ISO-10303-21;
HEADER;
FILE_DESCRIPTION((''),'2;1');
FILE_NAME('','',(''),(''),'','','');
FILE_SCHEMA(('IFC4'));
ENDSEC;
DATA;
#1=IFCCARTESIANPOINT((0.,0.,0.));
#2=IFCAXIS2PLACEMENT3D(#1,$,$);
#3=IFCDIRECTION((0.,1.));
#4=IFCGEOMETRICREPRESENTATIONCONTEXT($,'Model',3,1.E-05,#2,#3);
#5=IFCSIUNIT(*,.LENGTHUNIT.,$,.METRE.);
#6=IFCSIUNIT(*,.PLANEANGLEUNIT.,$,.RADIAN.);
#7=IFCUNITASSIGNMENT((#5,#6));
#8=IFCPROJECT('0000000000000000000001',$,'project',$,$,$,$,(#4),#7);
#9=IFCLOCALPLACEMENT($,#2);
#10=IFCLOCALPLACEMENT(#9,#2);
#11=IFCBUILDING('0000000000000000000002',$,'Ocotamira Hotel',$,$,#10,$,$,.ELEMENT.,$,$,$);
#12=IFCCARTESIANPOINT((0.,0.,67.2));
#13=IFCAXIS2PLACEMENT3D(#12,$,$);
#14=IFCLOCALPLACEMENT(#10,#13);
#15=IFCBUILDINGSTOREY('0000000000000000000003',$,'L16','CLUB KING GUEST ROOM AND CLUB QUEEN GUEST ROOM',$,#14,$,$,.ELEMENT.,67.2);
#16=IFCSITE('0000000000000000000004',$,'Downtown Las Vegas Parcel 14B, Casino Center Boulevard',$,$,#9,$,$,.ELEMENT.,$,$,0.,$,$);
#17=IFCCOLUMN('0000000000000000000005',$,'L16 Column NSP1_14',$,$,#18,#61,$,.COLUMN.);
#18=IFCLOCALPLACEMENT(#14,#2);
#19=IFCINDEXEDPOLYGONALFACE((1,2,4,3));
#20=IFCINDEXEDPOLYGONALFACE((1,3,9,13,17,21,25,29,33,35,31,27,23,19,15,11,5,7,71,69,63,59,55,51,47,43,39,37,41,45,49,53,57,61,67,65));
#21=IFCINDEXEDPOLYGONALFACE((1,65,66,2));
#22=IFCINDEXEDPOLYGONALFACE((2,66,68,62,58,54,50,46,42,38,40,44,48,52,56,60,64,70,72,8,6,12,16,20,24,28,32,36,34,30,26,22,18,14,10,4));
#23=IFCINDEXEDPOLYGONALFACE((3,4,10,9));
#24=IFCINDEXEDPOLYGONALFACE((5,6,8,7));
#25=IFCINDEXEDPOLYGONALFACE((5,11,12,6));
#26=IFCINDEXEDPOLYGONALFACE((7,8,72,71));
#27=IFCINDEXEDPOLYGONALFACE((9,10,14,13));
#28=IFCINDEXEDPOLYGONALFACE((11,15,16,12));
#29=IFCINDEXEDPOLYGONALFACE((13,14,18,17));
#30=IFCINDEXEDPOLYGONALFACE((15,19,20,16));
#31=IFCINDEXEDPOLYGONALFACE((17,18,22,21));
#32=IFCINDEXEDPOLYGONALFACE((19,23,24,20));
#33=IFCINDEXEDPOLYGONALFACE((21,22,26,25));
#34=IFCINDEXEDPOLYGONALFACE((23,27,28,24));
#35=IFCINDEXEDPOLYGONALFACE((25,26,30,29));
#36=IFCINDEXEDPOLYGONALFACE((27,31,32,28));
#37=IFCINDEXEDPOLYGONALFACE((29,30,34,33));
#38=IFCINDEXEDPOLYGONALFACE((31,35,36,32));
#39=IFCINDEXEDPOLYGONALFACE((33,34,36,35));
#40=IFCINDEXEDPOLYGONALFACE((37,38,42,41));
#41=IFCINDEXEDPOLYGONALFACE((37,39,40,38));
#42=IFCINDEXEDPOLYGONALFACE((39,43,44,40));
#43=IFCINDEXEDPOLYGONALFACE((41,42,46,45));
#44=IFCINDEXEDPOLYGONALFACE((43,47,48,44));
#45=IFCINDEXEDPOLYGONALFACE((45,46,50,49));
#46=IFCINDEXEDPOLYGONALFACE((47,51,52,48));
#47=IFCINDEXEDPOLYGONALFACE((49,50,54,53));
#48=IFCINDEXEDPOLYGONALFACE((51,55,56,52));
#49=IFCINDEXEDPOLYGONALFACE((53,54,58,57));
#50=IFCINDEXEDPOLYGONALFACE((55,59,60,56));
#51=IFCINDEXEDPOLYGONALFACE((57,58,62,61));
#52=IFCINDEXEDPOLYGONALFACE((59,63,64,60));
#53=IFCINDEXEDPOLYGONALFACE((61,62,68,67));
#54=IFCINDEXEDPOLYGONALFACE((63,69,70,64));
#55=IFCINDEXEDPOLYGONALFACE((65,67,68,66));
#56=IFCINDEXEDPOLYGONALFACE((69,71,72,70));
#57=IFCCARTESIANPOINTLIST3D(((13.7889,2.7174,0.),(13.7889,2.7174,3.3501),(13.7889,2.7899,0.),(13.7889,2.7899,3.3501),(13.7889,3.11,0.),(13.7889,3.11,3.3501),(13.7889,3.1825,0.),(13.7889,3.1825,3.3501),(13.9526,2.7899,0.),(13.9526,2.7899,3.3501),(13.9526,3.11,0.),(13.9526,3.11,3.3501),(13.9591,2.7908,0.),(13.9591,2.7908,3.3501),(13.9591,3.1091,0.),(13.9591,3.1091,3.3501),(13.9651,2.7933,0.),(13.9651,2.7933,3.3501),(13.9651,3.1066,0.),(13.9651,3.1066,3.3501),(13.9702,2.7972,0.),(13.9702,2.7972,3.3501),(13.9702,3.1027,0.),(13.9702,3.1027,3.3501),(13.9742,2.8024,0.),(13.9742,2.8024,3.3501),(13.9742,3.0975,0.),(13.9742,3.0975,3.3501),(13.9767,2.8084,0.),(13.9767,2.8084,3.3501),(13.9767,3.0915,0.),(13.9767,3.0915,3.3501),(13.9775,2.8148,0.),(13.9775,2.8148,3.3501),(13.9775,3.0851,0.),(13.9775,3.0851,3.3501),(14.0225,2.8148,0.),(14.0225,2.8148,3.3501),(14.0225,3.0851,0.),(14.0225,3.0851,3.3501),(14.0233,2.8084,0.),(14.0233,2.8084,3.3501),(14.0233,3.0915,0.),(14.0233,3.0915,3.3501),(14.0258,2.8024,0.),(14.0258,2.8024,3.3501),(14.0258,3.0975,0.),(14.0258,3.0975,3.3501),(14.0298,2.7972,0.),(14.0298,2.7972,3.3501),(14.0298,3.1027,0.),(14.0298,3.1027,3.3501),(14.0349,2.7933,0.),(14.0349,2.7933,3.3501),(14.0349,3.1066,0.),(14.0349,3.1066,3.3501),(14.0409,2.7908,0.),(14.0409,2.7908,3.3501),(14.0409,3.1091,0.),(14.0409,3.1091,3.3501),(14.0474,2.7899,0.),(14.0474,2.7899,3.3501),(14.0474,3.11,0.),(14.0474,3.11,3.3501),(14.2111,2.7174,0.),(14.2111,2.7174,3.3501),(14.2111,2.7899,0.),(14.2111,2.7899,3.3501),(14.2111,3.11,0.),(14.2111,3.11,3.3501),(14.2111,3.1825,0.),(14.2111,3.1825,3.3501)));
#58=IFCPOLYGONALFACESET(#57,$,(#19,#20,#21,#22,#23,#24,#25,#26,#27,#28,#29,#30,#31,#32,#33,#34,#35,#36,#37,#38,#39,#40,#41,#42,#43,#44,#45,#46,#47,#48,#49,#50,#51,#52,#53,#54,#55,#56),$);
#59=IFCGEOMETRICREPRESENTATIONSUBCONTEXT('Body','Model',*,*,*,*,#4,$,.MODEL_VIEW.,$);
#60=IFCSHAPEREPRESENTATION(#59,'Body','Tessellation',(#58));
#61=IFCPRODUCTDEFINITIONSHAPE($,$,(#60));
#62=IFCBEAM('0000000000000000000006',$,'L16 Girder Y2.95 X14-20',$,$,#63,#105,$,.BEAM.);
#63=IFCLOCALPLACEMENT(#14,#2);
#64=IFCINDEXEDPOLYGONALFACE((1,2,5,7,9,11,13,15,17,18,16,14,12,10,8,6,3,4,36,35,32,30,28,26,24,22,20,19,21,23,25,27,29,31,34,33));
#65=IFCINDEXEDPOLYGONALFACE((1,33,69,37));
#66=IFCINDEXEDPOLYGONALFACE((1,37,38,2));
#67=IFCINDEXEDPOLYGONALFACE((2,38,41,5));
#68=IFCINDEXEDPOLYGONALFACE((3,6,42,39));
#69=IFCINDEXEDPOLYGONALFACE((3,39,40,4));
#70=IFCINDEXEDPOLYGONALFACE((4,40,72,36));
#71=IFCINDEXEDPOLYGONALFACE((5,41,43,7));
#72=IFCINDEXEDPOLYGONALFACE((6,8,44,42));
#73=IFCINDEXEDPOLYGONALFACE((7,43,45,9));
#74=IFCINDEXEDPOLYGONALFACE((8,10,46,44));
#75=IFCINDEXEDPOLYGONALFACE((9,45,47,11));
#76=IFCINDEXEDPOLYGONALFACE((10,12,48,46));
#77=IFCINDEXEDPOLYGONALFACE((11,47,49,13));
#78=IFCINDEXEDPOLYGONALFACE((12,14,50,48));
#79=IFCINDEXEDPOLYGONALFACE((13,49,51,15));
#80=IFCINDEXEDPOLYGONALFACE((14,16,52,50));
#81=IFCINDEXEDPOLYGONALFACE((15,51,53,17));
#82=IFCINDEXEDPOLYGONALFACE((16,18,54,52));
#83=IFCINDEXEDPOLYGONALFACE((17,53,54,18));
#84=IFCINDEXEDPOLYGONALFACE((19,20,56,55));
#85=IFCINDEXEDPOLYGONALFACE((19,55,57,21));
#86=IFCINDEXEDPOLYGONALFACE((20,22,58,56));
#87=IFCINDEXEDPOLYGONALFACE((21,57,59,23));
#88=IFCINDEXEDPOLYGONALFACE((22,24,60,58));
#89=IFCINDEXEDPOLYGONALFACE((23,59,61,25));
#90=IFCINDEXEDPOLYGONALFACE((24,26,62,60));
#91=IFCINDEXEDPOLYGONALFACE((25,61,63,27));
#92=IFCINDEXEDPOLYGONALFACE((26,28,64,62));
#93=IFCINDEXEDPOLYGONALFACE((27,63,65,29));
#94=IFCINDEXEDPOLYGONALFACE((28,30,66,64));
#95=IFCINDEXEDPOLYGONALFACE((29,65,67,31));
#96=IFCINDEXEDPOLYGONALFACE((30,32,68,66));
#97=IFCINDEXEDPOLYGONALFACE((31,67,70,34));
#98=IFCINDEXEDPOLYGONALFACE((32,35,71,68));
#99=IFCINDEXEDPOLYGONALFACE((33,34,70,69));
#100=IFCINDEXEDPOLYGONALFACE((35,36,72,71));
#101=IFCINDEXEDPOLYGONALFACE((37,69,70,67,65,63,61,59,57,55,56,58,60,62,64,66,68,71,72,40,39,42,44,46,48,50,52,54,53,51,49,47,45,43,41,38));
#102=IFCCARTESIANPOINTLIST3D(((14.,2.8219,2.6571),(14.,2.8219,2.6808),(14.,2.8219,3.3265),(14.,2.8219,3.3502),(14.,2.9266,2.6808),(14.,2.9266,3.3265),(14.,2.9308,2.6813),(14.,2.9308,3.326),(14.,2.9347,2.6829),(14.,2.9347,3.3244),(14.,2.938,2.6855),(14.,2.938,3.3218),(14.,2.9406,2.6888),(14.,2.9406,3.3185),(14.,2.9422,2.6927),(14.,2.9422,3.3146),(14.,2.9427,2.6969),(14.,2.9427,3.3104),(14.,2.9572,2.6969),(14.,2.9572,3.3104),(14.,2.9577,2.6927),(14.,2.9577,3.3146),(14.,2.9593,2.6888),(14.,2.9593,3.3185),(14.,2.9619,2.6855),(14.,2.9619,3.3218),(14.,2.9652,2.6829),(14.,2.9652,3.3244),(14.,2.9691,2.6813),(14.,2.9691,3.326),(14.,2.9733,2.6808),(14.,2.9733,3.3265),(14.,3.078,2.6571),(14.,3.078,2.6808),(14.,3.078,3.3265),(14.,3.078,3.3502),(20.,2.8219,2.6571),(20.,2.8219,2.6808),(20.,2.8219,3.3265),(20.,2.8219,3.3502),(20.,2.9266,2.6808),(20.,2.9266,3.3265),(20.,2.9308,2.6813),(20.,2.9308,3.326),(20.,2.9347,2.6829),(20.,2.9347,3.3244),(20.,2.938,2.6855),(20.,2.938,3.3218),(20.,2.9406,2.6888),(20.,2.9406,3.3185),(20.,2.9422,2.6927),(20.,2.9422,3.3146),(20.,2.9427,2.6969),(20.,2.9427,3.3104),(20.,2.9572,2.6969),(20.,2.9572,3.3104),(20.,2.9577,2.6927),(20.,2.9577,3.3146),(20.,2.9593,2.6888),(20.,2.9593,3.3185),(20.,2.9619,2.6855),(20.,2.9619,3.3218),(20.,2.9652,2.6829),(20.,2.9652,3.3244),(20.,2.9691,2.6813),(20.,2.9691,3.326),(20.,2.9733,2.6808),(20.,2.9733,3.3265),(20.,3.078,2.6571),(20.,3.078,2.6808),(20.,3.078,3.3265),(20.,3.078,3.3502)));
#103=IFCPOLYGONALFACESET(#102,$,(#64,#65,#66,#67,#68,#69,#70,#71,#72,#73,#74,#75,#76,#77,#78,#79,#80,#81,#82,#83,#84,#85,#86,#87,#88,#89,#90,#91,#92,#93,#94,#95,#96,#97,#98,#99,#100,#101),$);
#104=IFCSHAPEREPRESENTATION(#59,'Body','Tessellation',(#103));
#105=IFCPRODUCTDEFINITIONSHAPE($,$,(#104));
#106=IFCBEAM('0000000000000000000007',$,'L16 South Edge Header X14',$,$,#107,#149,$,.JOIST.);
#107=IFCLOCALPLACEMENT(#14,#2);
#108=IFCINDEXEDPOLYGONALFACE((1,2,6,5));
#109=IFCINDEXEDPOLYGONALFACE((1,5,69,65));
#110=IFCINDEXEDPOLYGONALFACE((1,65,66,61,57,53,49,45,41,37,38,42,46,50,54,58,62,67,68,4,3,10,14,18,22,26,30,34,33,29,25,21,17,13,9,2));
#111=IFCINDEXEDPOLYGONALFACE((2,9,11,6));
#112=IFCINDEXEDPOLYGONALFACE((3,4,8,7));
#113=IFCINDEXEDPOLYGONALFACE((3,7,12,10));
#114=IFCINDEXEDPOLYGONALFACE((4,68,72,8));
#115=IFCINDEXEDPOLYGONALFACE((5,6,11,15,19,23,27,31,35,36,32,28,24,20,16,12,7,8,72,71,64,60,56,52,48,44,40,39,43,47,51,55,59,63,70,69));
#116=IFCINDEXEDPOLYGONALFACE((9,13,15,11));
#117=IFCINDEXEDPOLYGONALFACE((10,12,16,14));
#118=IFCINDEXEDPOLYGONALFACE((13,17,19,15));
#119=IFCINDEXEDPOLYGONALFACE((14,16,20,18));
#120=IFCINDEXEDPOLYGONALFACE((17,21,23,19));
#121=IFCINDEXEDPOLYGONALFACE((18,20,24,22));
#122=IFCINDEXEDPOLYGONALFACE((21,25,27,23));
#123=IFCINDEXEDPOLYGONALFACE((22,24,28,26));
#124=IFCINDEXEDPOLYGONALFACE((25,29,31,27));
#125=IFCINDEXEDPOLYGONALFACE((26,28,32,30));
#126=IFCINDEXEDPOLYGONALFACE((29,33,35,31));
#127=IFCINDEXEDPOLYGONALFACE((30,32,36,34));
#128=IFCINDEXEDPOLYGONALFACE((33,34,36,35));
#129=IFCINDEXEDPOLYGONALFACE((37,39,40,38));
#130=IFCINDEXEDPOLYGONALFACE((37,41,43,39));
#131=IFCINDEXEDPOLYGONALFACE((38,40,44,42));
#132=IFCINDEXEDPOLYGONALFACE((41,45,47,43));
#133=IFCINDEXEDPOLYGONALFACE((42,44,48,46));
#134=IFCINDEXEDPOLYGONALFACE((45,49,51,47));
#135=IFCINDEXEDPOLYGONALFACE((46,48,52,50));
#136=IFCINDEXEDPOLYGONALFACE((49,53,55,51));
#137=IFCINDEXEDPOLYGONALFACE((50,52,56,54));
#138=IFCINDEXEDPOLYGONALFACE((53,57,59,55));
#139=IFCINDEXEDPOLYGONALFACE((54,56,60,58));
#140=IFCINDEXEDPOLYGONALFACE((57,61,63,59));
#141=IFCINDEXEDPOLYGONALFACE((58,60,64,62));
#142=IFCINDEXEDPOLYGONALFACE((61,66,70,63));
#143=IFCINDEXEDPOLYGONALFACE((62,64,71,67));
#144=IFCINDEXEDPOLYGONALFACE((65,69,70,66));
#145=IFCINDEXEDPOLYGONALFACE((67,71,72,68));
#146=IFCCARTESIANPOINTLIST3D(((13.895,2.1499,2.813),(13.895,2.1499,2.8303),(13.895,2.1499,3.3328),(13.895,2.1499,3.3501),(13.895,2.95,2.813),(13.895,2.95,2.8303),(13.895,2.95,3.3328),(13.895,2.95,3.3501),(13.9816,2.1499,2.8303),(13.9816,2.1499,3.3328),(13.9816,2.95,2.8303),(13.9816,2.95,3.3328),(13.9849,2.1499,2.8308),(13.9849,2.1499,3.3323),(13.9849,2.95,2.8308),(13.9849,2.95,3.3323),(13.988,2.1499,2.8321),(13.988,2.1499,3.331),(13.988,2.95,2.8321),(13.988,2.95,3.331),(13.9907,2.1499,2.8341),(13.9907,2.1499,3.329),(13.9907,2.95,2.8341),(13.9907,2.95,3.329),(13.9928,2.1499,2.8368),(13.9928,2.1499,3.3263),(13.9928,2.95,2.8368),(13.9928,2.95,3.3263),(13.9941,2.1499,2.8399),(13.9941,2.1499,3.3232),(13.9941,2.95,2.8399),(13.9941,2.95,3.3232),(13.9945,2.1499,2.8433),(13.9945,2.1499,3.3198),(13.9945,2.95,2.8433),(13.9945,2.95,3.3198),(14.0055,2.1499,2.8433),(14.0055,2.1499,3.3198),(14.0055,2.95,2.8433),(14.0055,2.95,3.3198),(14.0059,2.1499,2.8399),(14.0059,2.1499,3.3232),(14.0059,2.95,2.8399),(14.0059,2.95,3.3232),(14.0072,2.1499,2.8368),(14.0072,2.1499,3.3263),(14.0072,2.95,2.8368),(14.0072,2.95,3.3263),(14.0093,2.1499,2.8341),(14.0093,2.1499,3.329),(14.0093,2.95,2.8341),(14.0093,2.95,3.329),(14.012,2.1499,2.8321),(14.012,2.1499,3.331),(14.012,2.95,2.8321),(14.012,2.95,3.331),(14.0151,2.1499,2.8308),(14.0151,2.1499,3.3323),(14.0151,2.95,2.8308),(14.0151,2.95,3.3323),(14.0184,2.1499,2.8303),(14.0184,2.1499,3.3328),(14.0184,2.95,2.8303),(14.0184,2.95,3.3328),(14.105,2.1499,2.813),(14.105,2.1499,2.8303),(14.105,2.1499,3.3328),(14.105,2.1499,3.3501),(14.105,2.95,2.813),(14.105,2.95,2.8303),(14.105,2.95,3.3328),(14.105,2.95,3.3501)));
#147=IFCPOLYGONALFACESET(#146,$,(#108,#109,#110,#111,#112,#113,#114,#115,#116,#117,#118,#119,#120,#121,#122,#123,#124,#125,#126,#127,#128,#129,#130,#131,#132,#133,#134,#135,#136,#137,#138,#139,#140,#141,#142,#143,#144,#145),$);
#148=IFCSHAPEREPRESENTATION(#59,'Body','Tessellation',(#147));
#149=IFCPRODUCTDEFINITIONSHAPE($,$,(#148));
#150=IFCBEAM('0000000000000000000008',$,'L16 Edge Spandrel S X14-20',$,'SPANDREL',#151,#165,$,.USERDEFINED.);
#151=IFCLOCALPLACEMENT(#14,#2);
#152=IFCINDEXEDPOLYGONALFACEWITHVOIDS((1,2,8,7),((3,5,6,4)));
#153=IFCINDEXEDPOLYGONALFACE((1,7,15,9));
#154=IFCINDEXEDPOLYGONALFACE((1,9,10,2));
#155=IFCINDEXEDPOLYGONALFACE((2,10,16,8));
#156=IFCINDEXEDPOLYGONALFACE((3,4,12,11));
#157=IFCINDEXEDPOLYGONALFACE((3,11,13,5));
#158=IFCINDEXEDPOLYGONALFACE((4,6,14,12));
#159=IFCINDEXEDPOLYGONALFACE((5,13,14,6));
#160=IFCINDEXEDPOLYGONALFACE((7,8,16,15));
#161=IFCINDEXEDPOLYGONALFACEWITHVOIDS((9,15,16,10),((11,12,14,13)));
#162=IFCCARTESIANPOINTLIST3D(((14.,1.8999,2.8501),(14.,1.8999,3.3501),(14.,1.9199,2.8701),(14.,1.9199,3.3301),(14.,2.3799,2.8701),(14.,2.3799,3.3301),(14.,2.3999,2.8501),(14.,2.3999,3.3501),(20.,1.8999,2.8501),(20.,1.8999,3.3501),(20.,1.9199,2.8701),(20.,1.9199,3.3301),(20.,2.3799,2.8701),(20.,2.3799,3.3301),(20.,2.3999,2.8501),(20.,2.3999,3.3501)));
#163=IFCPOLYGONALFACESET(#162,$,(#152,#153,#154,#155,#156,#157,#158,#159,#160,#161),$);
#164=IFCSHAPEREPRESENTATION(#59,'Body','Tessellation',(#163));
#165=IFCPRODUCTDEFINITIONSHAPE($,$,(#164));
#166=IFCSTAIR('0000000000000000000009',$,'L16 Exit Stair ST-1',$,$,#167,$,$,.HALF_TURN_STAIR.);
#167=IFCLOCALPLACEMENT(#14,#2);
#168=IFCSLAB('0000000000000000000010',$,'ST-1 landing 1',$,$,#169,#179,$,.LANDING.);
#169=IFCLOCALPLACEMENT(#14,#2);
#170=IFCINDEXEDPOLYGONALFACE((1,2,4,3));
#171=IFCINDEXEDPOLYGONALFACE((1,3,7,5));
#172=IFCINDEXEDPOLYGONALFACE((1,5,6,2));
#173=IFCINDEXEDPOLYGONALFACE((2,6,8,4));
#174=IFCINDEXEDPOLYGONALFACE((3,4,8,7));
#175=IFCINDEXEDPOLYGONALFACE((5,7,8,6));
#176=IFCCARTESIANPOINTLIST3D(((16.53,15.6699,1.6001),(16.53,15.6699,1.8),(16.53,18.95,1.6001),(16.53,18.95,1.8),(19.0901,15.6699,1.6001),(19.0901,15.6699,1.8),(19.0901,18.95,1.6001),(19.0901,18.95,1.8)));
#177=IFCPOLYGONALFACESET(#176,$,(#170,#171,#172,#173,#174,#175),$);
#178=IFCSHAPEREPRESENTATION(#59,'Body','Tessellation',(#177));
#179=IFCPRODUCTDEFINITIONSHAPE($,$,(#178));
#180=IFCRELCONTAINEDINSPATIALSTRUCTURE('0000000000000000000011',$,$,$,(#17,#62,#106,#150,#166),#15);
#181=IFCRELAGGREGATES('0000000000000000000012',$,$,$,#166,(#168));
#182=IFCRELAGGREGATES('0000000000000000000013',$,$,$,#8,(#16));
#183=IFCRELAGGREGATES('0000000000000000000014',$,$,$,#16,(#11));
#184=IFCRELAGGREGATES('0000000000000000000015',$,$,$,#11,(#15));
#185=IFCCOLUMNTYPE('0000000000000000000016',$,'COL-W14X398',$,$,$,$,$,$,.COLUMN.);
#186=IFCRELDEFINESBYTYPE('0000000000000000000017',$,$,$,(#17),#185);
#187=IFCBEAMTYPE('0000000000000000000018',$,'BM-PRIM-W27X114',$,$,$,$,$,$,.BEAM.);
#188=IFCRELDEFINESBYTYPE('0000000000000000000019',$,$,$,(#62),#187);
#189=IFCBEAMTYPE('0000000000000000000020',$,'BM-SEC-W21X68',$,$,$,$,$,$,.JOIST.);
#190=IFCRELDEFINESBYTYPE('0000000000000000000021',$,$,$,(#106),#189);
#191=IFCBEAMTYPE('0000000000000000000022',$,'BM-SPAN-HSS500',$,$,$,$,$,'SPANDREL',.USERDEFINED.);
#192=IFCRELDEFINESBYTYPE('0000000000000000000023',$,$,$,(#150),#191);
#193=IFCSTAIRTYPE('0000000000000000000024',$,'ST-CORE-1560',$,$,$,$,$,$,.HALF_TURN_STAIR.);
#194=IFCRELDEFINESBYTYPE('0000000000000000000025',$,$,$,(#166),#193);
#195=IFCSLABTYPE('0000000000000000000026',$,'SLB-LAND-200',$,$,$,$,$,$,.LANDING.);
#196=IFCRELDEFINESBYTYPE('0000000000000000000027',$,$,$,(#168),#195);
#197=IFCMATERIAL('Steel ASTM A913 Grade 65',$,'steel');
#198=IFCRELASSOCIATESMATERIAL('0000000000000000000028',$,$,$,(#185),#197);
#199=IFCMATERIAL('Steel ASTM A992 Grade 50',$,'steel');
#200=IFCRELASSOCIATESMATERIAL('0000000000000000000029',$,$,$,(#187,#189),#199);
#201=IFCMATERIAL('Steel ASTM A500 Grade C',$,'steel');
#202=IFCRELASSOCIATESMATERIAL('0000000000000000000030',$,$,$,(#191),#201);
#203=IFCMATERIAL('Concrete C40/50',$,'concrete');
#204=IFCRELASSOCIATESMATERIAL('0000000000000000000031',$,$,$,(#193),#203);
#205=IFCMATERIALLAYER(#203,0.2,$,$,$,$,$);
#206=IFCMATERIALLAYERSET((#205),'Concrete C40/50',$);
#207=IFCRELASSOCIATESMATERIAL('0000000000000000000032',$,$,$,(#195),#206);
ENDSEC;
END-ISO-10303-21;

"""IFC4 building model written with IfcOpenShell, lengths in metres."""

from ifc_helpers import new_model, si_unit, direction, frame, origin, origin_2d, place, context, subcontext, project, spatial, polyline, hollow_rectangle, i_section, outline, extrude, source, transform, mapped, material, layer, layer_set, material_profile, profile_set, type_object, element, aggregate, save


model = new_model("IFC4")

# Units and contexts
model_context = context("Model", 3, precision=1e-05, world=origin(), true_north=direction((0.0, 1.0)))
body_context = subcontext(model_context, "Body", "Model", "MODEL_VIEW")
ifc_project = project(units=[si_unit("LENGTHUNIT", "METRE"), si_unit("PLANEANGLEUNIT", "RADIAN")], contexts=[model_context])

# Site, building, storey
site_placement = place(None, origin())
site = spatial("IfcSite", under=ifc_project, at=site_placement, Name="Downtown Las Vegas Parcel 14B, Casino Center Boulevard", CompositionType="ELEMENT", RefElevation=0.0)
building_placement = place(site_placement, origin())
building = spatial("IfcBuilding", under=site, at=building_placement, Name="Ocotamira Hotel", CompositionType="ELEMENT")
storey_placement = place(building_placement, frame((0.0, 0.0, 67.2)))
storey = spatial("IfcBuildingStorey", under=building, at=storey_placement, Name="L16", Description="CLUB KING GUEST ROOM AND CLUB QUEEN GUEST ROOM", CompositionType="ELEMENT", Elevation=67.2)

# Column
ifc_material_1 = material(Name="Steel ASTM A913 Grade 65", Category="steel")
ifc_material_profile_1 = material_profile(ifc_material_1, i_section(OverallWidth=0.4221, OverallDepth=0.4651, WebThickness=0.0449, FlangeThickness=0.0725, FilletRadius=0.0249, at=origin_2d()), Name="W14X398")
ifc_profile_set_1 = profile_set([ifc_material_profile_1], Name="Steel ASTM A913 Grade 65")
column_type = type_object("IfcColumnType", Name="COL-W14X398", PredefinedType="COLUMN", material=ifc_profile_set_1)
shared_shape_1 = source(origin(), body_context, "Body", "SweptSolid", [
    extrude(i_section(OverallWidth=0.4221, OverallDepth=0.4651, WebThickness=0.0449, FlangeThickness=0.0725, FilletRadius=0.0249, at=origin_2d()), origin(), (0.0, 0.0, 1.0), 3.3501),
])
column_placement = place(storey_placement, frame((14.0, 2.95, 0.0), z_axis=(0.0, 0.0, 1.0), x_axis=(1.0, 0.0, 0.0)))
element("IfcColumn", 1, at=column_placement, inside=storey, type_object=column_type, Name="L16 Column NSP1_14", PredefinedType="COLUMN", context=body_context, shape_type="MappedRepresentation", body=[
    mapped(shared_shape_1, transform((0.0, 0.0, 0.0), scale=1.0)),
])

# Beams
ifc_material_2 = material(Name="Steel ASTM A992 Grade 50", Category="steel")
ifc_material_profile_2 = material_profile(ifc_material_2, i_section(OverallWidth=0.2561, OverallDepth=0.6931, WebThickness=0.0144, FlangeThickness=0.0237, FilletRadius=0.0161, at=origin_2d()), Name="W27X114")
ifc_profile_set_2 = profile_set([ifc_material_profile_2], Name="Steel ASTM A992 Grade 50")
beam_type_1 = type_object("IfcBeamType", Name="BM-PRIM-W27X114", PredefinedType="BEAM", material=ifc_profile_set_2)
shared_shape_2 = source(origin(), body_context, "Body", "SweptSolid", [
    extrude(i_section(OverallWidth=0.2561, OverallDepth=0.6931, WebThickness=0.0144, FlangeThickness=0.0237, FilletRadius=0.0161, at=origin_2d()), origin(), (0.0, 0.0, 1.0), 6.0),
])
beam_1_placement = place(storey_placement, frame((14.0, 2.95, 3.0037), z_axis=(1.0, 0.0, 0.0), x_axis=(0.0, 1.0, 0.0)))
element("IfcBeam", 2, at=beam_1_placement, inside=storey, type_object=beam_type_1, Name="L16 Girder Y2.95 X14-20", PredefinedType="BEAM", context=body_context, shape_type="MappedRepresentation", body=[
    mapped(shared_shape_2, transform((0.0, 0.0, 0.0), scale=1.0)),
])
ifc_material_profile_3 = material_profile(ifc_material_2, i_section(OverallWidth=0.21, OverallDepth=0.5371, WebThickness=0.011, FlangeThickness=0.0173, FilletRadius=0.0129, at=origin_2d()), Name="W21X68")
ifc_profile_set_3 = profile_set([ifc_material_profile_3], Name="Steel ASTM A992 Grade 50")
beam_type_2 = type_object("IfcBeamType", Name="BM-SEC-W21X68", PredefinedType="JOIST", material=ifc_profile_set_3)
shared_shape_3 = source(origin(), body_context, "Body", "SweptSolid", [
    extrude(i_section(OverallWidth=0.21, OverallDepth=0.5371, WebThickness=0.011, FlangeThickness=0.0173, FilletRadius=0.0129, at=origin_2d()), origin(), (0.0, 0.0, 1.0), 0.8),
])
beam_2_placement = place(storey_placement, frame((14.0, 2.95, 3.0815), z_axis=(0.0, -1.0, 0.0), x_axis=(1.0, 0.0, 0.0)))
element("IfcBeam", 3, at=beam_2_placement, inside=storey, type_object=beam_type_2, Name="L16 South Edge Header X14", PredefinedType="JOIST", context=body_context, shape_type="MappedRepresentation", body=[
    mapped(shared_shape_3, transform((0.0, 0.0, 0.0), scale=1.0)),
])
ifc_material_3 = material(Name="Steel ASTM A500 Grade C", Category="steel")
ifc_material_profile_4 = material_profile(ifc_material_3, hollow_rectangle(XDim=0.5, YDim=0.5, WallThickness=0.02, at=origin_2d()), Name="HSS500X500X20")
ifc_profile_set_4 = profile_set([ifc_material_profile_4], Name="Steel ASTM A500 Grade C")
beam_type_3 = type_object("IfcBeamType", Name="BM-SPAN-HSS500", ElementType="SPANDREL", PredefinedType="USERDEFINED", material=ifc_profile_set_4)
shared_shape_4 = source(origin(), body_context, "Body", "SweptSolid", [
    extrude(hollow_rectangle(XDim=0.5, YDim=0.5, WallThickness=0.02, at=origin_2d()), origin(), (0.0, 0.0, 1.0), 6.0),
])
beam_3_placement = place(storey_placement, frame((14.0, 2.1499, 3.1001), z_axis=(1.0, 0.0, 0.0), x_axis=(0.0, 1.0, 0.0)))
element("IfcBeam", 4, at=beam_3_placement, inside=storey, type_object=beam_type_3, Name="L16 Edge Spandrel S X14-20", ObjectType="SPANDREL", PredefinedType="USERDEFINED", context=body_context, shape_type="MappedRepresentation", body=[
    mapped(shared_shape_4, transform((0.0, 0.0, 0.0), scale=1.0)),
])

# Stair, slab
ifc_material_4 = material(Name="Concrete C40/50", Category="concrete")
stair_type = type_object("IfcStairType", Name="ST-CORE-1560", PredefinedType="HALF_TURN_STAIR", material=ifc_material_4)
stair_1_placement = place(storey_placement, origin())
stair_1 = element("IfcStair", 5, at=stair_1_placement, inside=storey, type_object=stair_type, Name="L16 Exit Stair ST-1", PredefinedType="HALF_TURN_STAIR")
ifc_layer_1 = layer(ifc_material_4, 0.2)
ifc_layer_set_1 = layer_set([ifc_layer_1], Name="Concrete C40/50")
slab_type_1 = type_object("IfcSlabType", Name="SLB-LAND-200", PredefinedType="LANDING", material=ifc_layer_set_1)
slab_1_placement = place(storey_placement, frame((0.0, 0.0, 1.6001)))
slab_1 = element("IfcSlab", 6, at=slab_1_placement, type_object=slab_type_1, Name="ST-1 landing 1", PredefinedType="LANDING", context=body_context, shape_type="SweptSolid", body=[
    extrude(outline(polyline([(16.53, 15.6699), (19.0901, 15.6699), (19.0901, 18.95), (16.53, 18.95), (16.53, 15.6699)])), origin(), (0.0, 0.0, 1.0), 0.2),
])
aggregate(stair_1, [slab_1])

save(model, "model.ifc")
